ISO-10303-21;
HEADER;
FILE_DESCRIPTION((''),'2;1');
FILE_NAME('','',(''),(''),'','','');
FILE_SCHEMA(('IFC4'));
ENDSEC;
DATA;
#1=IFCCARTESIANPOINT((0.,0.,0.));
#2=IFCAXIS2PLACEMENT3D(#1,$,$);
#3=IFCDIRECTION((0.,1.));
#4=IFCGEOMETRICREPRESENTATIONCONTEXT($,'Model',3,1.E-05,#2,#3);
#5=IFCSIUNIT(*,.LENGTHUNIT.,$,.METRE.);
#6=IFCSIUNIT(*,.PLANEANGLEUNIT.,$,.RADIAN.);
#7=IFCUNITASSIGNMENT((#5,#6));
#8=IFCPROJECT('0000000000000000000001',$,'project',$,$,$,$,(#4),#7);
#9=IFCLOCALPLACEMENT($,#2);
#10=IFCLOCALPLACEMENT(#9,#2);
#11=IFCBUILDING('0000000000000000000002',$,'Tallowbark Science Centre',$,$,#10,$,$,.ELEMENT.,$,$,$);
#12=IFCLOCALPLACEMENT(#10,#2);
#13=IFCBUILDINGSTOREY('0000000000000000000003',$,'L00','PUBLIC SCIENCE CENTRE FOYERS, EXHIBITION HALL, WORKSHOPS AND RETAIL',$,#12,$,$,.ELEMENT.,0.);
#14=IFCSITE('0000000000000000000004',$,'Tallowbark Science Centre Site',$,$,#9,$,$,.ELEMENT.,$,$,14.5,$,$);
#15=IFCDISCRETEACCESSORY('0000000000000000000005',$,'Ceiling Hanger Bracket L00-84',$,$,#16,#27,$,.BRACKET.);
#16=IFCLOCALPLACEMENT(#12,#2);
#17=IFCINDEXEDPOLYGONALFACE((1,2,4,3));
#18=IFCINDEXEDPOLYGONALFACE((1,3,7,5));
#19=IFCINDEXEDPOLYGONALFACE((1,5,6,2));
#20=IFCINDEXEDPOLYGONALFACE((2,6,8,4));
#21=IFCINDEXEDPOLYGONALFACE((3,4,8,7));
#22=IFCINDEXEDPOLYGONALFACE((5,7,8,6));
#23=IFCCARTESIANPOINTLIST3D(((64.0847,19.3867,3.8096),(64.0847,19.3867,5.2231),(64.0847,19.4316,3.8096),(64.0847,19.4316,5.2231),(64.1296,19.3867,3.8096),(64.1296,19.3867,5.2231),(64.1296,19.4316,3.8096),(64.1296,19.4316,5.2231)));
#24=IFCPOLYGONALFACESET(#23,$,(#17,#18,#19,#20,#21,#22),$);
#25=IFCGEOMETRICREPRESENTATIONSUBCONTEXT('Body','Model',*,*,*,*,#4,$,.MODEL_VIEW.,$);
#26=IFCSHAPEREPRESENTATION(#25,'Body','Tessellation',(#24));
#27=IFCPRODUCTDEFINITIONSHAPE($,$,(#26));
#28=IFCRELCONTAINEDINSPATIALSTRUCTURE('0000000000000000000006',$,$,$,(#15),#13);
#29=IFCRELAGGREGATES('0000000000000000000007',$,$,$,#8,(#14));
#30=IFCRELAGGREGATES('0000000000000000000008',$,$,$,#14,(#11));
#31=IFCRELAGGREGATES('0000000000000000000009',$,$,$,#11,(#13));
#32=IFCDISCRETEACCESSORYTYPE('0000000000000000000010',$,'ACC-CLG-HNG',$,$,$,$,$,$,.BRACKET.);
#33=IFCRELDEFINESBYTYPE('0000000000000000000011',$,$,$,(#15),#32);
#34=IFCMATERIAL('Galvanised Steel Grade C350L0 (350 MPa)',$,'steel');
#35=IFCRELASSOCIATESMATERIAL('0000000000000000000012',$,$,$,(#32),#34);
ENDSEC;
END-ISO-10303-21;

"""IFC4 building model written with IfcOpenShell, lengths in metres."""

from ifc_helpers import new_model, si_unit, direction, frame, origin, origin_2d, place, context, subcontext, project, spatial, rectangle, extrude, material, type_object, element, save


model = new_model("IFC4")

# Units and contexts
model_context = context("Model", 3, precision=1e-05, world=origin(), true_north=direction((0.0, 1.0)))
body_context = subcontext(model_context, "Body", "Model", "MODEL_VIEW")
ifc_project = project(units=[si_unit("LENGTHUNIT", "METRE"), si_unit("PLANEANGLEUNIT", "RADIAN")], contexts=[model_context])

# Site, building, storey
site_placement = place(None, origin())
site = spatial("IfcSite", under=ifc_project, at=site_placement, Name="Tallowbark Science Centre Site", CompositionType="ELEMENT", RefElevation=14.5)
building_placement = place(site_placement, origin())
building = spatial("IfcBuilding", under=site, at=building_placement, Name="Tallowbark Science Centre", CompositionType="ELEMENT")
storey_placement = place(building_placement, origin())
storey = spatial("IfcBuildingStorey", under=building, at=storey_placement, Name="L00", Description="PUBLIC SCIENCE CENTRE FOYERS, EXHIBITION HALL, WORKSHOPS AND RETAIL", CompositionType="ELEMENT", Elevation=0.0)

# Discrete accessory
ifc_material_1 = material(Name="Galvanised Steel Grade C350L0 (350 MPa)", Category="steel")
discrete_accessory_type = type_object("IfcDiscreteAccessoryType", Name="ACC-CLG-HNG", PredefinedType="BRACKET", material=ifc_material_1)
for number, where, z_axis, x_axis, name in (
    (1, (64.1072, 19.4092, 3.8096), (0.0, 0.0, 1.0), (1.0, 0.0, 0.0), "Ceiling Hanger Bracket L00-84"),
):
    element("IfcDiscreteAccessory", number, at=place(storey_placement, frame(where, z_axis=z_axis, x_axis=x_axis)), inside=storey, type_object=discrete_accessory_type, Name=name, PredefinedType="BRACKET", context=body_context, shape_type="SweptSolid", body=[
        extrude(rectangle(XDim=0.0449, YDim=0.0449, at=origin_2d()), origin(), (0.0, 0.0, 1.0), 1.4136),
    ])

save(model, "model.ifc")
